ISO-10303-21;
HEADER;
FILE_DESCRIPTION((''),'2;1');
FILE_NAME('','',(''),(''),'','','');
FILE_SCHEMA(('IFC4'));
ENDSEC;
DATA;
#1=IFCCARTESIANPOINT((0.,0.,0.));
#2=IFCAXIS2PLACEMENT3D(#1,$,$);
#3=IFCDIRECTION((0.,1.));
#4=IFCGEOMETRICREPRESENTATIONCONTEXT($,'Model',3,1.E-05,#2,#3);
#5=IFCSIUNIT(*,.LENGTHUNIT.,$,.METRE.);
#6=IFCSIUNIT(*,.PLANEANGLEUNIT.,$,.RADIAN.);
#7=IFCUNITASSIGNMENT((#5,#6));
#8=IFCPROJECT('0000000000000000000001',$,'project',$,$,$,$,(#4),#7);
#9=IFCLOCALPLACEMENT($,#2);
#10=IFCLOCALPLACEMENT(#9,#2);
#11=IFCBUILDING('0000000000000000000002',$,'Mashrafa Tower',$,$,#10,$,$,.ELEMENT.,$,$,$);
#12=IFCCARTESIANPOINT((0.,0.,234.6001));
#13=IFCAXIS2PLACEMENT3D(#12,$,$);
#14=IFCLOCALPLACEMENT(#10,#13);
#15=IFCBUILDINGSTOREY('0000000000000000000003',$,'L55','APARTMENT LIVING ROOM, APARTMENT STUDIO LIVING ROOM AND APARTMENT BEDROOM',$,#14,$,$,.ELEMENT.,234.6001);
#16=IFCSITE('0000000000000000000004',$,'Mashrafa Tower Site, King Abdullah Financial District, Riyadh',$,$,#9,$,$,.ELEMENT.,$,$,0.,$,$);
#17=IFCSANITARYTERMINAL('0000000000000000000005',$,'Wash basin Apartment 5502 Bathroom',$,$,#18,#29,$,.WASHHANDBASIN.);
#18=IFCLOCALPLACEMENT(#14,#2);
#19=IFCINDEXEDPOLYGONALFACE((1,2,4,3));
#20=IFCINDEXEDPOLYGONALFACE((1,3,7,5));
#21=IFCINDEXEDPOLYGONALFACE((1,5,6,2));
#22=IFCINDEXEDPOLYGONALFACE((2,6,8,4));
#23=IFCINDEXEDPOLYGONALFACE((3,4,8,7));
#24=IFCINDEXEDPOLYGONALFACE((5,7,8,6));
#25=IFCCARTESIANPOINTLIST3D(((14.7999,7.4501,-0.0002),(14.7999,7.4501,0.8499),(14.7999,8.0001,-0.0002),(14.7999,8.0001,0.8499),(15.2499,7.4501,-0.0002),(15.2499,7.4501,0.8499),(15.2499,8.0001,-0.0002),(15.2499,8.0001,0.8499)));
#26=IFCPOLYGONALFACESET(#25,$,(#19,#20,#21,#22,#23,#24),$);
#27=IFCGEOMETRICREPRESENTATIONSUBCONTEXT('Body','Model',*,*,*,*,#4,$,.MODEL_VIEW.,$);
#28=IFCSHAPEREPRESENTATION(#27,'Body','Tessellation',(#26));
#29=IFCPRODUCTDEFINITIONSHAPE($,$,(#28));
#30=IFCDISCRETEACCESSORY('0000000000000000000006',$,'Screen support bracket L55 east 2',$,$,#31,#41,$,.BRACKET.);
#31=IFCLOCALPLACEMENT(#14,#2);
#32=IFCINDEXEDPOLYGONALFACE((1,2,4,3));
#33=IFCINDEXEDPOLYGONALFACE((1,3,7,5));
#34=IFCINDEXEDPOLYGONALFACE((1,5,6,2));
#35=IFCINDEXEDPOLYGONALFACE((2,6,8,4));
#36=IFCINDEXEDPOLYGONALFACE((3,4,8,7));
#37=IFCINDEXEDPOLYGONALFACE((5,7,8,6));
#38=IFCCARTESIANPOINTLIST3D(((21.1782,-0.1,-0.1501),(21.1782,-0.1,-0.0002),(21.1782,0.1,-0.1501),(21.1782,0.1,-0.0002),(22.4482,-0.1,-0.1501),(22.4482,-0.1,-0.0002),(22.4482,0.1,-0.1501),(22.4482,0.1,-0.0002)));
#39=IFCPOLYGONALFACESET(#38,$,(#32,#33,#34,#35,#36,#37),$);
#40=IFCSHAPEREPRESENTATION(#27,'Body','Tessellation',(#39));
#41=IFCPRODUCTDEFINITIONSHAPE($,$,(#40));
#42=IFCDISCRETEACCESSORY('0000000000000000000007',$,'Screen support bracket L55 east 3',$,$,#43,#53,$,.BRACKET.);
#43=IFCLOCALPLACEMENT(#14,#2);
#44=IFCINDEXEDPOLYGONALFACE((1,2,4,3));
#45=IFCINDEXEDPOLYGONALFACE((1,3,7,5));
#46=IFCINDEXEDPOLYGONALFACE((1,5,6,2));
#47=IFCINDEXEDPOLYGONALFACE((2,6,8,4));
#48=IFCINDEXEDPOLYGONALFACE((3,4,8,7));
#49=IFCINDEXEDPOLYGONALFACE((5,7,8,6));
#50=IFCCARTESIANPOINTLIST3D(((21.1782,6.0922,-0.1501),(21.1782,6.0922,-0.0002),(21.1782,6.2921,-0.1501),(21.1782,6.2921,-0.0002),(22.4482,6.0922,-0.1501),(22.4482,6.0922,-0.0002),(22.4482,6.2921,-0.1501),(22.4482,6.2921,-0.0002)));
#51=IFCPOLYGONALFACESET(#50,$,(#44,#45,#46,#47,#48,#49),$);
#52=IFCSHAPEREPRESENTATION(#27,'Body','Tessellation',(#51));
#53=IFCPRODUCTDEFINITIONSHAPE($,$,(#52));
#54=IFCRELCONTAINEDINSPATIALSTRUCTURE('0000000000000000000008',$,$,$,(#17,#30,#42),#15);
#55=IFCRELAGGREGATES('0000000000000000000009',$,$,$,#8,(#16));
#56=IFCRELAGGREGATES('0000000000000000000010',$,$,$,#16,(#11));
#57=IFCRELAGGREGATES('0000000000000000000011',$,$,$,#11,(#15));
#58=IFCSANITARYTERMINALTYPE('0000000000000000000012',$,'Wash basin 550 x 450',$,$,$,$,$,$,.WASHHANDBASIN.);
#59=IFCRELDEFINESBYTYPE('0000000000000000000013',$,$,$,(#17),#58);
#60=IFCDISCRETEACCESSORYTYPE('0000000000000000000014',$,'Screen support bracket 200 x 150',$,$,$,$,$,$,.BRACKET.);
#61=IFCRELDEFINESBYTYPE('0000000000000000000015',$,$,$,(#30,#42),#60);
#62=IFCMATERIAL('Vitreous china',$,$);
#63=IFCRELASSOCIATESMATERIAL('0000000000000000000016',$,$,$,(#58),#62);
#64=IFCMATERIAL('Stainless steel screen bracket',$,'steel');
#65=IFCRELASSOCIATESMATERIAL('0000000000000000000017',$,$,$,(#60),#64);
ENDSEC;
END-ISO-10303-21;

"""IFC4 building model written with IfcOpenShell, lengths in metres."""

from ifc_helpers import new_model, si_unit, direction, frame, origin, origin_2d, place, context, subcontext, project, spatial, rectangle, extrude, source, transform, mapped, material, type_object, type_shapes, element, save


model = new_model("IFC4")

# Units and contexts
model_context = context("Model", 3, precision=1e-05, world=origin(), true_north=direction((0.0, 1.0)))
body_context = subcontext(model_context, "Body", "Model", "MODEL_VIEW")
ifc_project = project(units=[si_unit("LENGTHUNIT", "METRE"), si_unit("PLANEANGLEUNIT", "RADIAN")], contexts=[model_context])

# Site, building, storey
site_placement = place(None, origin())
site = spatial("IfcSite", under=ifc_project, at=site_placement, Name="Mashrafa Tower Site, King Abdullah Financial District, Riyadh", CompositionType="ELEMENT", RefElevation=0.0)
building_placement = place(site_placement, origin())
building = spatial("IfcBuilding", under=site, at=building_placement, Name="Mashrafa Tower", CompositionType="ELEMENT")
storey_placement = place(building_placement, frame((0.0, 0.0, 234.6001)))
storey = spatial("IfcBuildingStorey", under=building, at=storey_placement, Name="L55", Description="APARTMENT LIVING ROOM, APARTMENT STUDIO LIVING ROOM AND APARTMENT BEDROOM", CompositionType="ELEMENT", Elevation=234.6001)

# Sanitary terminal
ifc_material_1 = material(Name="Vitreous china")
sanitary_terminal_type_1 = type_object("IfcSanitaryTerminalType", Name="Wash basin 550 x 450", PredefinedType="WASHHANDBASIN", material=ifc_material_1)
sanitary_terminal_1_placement = place(storey_placement, frame((15.0249, 7.7251, -0.0002), z_axis=(0.0, 0.0, 1.0), x_axis=(0.0, 1.0, 0.0)))
element("IfcSanitaryTerminal", 1, at=sanitary_terminal_1_placement, inside=storey, type_object=sanitary_terminal_type_1, Name="Wash basin Apartment 5502 Bathroom", PredefinedType="WASHHANDBASIN", context=body_context, shape_type="SweptSolid", body=[
    extrude(rectangle(XDim=0.55, YDim=0.45, at=origin_2d()), origin(), (0.0, 0.0, 1.0), 0.8501),
])

# Discrete accessories
ifc_material_2 = material(Name="Stainless steel screen bracket", Category="steel")
discrete_accessory_type = type_object("IfcDiscreteAccessoryType", Name="Screen support bracket 200 x 150", PredefinedType="BRACKET", material=ifc_material_2)
shared_shape_1 = source(origin(), body_context, "Body", "SweptSolid", [
    extrude(rectangle(XDim=0.2, YDim=1.27, at=origin_2d()), origin(), (0.0, 0.0, 1.0), 0.1499),
])
type_shapes(discrete_accessory_type, [shared_shape_1])
for number, where, z_axis, x_axis, name in (
    (2, (21.8132, 0.0, -0.1501), (0.0, 0.0, 1.0), (0.0, 1.0, 0.0), "Screen support bracket L55 east 2"),
    (3, (21.8132, 6.1921, -0.1501), (0.0, 0.0, 1.0), (0.0, 1.0, 0.0), "Screen support bracket L55 east 3"),
):
    element("IfcDiscreteAccessory", number, at=place(storey_placement, frame(where, z_axis=z_axis, x_axis=x_axis)), inside=storey, type_object=discrete_accessory_type, Name=name, PredefinedType="BRACKET", context=body_context, shape_type="MappedRepresentation", body=[
        mapped(shared_shape_1, transform((0.0, 0.0, 0.0))),
    ])

save(model, "model.ifc")
